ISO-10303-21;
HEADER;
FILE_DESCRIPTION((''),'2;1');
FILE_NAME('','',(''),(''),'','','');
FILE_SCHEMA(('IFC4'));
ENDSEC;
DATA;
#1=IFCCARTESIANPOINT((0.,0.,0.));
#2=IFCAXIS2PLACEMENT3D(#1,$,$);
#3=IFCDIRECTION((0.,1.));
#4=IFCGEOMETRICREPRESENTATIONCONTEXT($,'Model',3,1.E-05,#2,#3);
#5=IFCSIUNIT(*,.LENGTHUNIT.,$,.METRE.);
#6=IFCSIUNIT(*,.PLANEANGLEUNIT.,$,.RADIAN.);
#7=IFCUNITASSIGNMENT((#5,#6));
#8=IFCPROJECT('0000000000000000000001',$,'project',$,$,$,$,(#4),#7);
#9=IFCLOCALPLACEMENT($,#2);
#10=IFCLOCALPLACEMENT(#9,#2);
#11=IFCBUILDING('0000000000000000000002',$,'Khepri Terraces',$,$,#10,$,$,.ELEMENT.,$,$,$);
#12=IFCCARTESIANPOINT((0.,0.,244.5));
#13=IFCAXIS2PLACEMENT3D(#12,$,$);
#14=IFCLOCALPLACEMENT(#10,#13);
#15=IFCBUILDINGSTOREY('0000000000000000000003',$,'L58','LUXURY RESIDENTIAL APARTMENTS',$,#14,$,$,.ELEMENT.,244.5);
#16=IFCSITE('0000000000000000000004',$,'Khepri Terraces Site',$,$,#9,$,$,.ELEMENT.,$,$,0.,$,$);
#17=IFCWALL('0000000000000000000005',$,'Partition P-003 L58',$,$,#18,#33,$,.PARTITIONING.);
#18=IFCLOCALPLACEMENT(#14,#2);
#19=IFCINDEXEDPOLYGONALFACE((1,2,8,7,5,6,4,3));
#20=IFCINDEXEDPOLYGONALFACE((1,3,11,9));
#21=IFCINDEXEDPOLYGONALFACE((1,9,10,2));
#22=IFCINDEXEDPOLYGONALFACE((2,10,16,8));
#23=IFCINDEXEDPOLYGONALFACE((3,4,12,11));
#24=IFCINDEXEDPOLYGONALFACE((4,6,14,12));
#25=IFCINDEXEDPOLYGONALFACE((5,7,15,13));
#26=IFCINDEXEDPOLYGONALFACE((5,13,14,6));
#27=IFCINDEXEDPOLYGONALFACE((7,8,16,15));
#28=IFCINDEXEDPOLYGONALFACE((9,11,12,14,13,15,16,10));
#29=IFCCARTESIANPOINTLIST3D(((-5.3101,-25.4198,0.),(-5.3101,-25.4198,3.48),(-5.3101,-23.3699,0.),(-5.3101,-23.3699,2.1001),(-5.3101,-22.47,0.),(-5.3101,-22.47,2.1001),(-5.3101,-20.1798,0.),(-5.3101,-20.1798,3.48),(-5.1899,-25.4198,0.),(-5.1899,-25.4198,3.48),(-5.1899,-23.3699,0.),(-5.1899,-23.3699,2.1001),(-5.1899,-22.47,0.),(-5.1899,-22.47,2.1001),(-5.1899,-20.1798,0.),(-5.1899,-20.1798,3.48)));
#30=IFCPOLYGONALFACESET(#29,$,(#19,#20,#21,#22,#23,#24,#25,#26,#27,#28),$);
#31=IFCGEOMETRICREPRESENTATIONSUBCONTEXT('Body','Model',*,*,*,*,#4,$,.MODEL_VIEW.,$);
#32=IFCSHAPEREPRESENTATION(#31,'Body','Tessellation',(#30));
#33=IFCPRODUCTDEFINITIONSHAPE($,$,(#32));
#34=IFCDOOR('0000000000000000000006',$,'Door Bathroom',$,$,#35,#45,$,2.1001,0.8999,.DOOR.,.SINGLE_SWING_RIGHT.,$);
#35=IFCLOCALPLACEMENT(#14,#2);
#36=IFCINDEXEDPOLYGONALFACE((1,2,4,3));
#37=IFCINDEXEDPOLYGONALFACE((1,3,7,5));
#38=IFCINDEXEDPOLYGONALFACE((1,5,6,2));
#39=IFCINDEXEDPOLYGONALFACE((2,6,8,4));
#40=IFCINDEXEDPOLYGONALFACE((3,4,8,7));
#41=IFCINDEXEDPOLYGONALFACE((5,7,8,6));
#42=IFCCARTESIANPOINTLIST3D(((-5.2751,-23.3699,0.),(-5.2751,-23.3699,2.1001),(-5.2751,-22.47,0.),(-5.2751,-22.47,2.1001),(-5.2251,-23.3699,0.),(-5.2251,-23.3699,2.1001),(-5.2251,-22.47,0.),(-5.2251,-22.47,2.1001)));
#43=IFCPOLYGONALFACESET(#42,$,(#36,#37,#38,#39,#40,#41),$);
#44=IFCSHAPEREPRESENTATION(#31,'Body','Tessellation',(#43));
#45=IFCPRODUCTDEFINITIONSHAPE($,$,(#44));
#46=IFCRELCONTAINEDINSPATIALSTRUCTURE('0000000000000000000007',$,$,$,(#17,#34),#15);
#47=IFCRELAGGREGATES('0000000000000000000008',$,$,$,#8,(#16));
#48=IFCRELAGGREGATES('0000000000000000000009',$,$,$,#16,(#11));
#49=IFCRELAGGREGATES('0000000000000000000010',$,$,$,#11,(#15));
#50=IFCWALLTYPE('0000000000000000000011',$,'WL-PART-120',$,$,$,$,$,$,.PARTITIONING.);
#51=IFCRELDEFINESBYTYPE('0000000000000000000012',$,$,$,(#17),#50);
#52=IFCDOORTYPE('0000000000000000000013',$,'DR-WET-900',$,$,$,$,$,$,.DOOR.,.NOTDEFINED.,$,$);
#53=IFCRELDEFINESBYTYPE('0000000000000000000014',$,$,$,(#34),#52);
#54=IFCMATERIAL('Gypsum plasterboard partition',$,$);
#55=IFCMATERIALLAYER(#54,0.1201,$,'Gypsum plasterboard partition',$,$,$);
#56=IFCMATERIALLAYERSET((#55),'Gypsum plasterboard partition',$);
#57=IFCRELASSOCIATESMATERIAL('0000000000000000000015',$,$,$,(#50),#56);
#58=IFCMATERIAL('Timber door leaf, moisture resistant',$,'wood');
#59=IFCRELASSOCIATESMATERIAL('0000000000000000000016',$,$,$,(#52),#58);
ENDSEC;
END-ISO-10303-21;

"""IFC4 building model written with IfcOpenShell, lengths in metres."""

from ifc_helpers import new_model, si_unit, direction, frame, frame_2d, origin, place, context, subcontext, project, spatial, rectangle, extrude, material, layer, layer_set, type_object, element, fill, save


model = new_model("IFC4")

# Units and contexts
model_context = context("Model", 3, precision=1e-05, world=origin(), true_north=direction((0.0, 1.0)))
body_context = subcontext(model_context, "Body", "Model", "MODEL_VIEW")
ifc_project = project(units=[si_unit("LENGTHUNIT", "METRE"), si_unit("PLANEANGLEUNIT", "RADIAN")], contexts=[model_context])

# Site, building, storey
site_placement = place(None, origin())
site = spatial("IfcSite", under=ifc_project, at=site_placement, Name="Khepri Terraces Site", CompositionType="ELEMENT", RefElevation=0.0)
building_placement = place(site_placement, origin())
building = spatial("IfcBuilding", under=site, at=building_placement, Name="Khepri Terraces", CompositionType="ELEMENT")
storey_placement = place(building_placement, frame((0.0, 0.0, 244.5)))
storey = spatial("IfcBuildingStorey", under=building, at=storey_placement, Name="L58", Description="LUXURY RESIDENTIAL APARTMENTS", CompositionType="ELEMENT", Elevation=244.5)

# Shared definitions
ifc_material_1 = material(Name="Gypsum plasterboard partition")
ifc_layer_1 = layer(ifc_material_1, 0.1201, Name="Gypsum plasterboard partition")
ifc_layer_set_1 = layer_set([ifc_layer_1], Name="Gypsum plasterboard partition")
wall_type_1 = type_object("IfcWallType", Name="WL-PART-120", PredefinedType="PARTITIONING", material=ifc_layer_set_1)

# Wall, opening, door
wall_1_placement = place(storey_placement, frame((-5.25, -25.4199, 0.0), z_axis=(0.0, 0.0, 1.0), x_axis=(0.0, 1.0, 0.0)))
wall_1 = element("IfcWall", 1, at=wall_1_placement, inside=storey, type_object=wall_type_1, Name="Partition P-003 L58", PredefinedType="PARTITIONING", context=body_context, shape_type="SweptSolid", body=[
    extrude(rectangle(XDim=5.24, YDim=0.1201, at=frame_2d((2.6201, 0.0))), origin(), (0.0, 0.0, 1.0), 3.48),
])
opening_1_placement = place(wall_1_placement, frame((2.05, 0.0, 0.0)))
opening_1 = element("IfcOpeningElement", 2, at=opening_1_placement, cuts=wall_1, PredefinedType="OPENING", context=body_context, shape_type="SweptSolid", body=[
    extrude(rectangle(XDim=0.8999, YDim=2.1001, at=frame_2d((0.45, 1.05))), frame((0.0, 0.0701, 0.0), z_axis=(0.0, -1.0, 0.0), x_axis=(1.0, 0.0, 0.0)), (0.0, 0.0, 1.0), 0.1401),
])
ifc_material_2 = material(Name="Timber door leaf, moisture resistant", Category="wood")
door_type_1 = type_object("IfcDoorType", Name="DR-WET-900", OperationType="NOTDEFINED", PredefinedType="DOOR", material=ifc_material_2)
door_1_placement = place(opening_1_placement, frame((0.8999, 0.0, 0.0), z_axis=(0.0, 0.0, 1.0), x_axis=(-1.0, 0.0, 0.0)))
door_1 = element("IfcDoor", 3, at=door_1_placement, inside=storey, type_object=door_type_1, Name="Door Bathroom", OperationType="SINGLE_SWING_RIGHT", OverallHeight=2.1001, OverallWidth=0.8999, PredefinedType="DOOR", context=body_context, shape_type="SweptSolid", body=[
    extrude(rectangle(XDim=0.8999, YDim=2.1001, at=frame_2d((0.45, 1.05))), frame((0.0, 0.0249, 0.0), z_axis=(0.0, -1.0, 0.0), x_axis=(1.0, 0.0, 0.0)), (0.0, 0.0, 1.0), 0.05),
])
fill(opening_1, door_1)

save(model, "model.ifc")
